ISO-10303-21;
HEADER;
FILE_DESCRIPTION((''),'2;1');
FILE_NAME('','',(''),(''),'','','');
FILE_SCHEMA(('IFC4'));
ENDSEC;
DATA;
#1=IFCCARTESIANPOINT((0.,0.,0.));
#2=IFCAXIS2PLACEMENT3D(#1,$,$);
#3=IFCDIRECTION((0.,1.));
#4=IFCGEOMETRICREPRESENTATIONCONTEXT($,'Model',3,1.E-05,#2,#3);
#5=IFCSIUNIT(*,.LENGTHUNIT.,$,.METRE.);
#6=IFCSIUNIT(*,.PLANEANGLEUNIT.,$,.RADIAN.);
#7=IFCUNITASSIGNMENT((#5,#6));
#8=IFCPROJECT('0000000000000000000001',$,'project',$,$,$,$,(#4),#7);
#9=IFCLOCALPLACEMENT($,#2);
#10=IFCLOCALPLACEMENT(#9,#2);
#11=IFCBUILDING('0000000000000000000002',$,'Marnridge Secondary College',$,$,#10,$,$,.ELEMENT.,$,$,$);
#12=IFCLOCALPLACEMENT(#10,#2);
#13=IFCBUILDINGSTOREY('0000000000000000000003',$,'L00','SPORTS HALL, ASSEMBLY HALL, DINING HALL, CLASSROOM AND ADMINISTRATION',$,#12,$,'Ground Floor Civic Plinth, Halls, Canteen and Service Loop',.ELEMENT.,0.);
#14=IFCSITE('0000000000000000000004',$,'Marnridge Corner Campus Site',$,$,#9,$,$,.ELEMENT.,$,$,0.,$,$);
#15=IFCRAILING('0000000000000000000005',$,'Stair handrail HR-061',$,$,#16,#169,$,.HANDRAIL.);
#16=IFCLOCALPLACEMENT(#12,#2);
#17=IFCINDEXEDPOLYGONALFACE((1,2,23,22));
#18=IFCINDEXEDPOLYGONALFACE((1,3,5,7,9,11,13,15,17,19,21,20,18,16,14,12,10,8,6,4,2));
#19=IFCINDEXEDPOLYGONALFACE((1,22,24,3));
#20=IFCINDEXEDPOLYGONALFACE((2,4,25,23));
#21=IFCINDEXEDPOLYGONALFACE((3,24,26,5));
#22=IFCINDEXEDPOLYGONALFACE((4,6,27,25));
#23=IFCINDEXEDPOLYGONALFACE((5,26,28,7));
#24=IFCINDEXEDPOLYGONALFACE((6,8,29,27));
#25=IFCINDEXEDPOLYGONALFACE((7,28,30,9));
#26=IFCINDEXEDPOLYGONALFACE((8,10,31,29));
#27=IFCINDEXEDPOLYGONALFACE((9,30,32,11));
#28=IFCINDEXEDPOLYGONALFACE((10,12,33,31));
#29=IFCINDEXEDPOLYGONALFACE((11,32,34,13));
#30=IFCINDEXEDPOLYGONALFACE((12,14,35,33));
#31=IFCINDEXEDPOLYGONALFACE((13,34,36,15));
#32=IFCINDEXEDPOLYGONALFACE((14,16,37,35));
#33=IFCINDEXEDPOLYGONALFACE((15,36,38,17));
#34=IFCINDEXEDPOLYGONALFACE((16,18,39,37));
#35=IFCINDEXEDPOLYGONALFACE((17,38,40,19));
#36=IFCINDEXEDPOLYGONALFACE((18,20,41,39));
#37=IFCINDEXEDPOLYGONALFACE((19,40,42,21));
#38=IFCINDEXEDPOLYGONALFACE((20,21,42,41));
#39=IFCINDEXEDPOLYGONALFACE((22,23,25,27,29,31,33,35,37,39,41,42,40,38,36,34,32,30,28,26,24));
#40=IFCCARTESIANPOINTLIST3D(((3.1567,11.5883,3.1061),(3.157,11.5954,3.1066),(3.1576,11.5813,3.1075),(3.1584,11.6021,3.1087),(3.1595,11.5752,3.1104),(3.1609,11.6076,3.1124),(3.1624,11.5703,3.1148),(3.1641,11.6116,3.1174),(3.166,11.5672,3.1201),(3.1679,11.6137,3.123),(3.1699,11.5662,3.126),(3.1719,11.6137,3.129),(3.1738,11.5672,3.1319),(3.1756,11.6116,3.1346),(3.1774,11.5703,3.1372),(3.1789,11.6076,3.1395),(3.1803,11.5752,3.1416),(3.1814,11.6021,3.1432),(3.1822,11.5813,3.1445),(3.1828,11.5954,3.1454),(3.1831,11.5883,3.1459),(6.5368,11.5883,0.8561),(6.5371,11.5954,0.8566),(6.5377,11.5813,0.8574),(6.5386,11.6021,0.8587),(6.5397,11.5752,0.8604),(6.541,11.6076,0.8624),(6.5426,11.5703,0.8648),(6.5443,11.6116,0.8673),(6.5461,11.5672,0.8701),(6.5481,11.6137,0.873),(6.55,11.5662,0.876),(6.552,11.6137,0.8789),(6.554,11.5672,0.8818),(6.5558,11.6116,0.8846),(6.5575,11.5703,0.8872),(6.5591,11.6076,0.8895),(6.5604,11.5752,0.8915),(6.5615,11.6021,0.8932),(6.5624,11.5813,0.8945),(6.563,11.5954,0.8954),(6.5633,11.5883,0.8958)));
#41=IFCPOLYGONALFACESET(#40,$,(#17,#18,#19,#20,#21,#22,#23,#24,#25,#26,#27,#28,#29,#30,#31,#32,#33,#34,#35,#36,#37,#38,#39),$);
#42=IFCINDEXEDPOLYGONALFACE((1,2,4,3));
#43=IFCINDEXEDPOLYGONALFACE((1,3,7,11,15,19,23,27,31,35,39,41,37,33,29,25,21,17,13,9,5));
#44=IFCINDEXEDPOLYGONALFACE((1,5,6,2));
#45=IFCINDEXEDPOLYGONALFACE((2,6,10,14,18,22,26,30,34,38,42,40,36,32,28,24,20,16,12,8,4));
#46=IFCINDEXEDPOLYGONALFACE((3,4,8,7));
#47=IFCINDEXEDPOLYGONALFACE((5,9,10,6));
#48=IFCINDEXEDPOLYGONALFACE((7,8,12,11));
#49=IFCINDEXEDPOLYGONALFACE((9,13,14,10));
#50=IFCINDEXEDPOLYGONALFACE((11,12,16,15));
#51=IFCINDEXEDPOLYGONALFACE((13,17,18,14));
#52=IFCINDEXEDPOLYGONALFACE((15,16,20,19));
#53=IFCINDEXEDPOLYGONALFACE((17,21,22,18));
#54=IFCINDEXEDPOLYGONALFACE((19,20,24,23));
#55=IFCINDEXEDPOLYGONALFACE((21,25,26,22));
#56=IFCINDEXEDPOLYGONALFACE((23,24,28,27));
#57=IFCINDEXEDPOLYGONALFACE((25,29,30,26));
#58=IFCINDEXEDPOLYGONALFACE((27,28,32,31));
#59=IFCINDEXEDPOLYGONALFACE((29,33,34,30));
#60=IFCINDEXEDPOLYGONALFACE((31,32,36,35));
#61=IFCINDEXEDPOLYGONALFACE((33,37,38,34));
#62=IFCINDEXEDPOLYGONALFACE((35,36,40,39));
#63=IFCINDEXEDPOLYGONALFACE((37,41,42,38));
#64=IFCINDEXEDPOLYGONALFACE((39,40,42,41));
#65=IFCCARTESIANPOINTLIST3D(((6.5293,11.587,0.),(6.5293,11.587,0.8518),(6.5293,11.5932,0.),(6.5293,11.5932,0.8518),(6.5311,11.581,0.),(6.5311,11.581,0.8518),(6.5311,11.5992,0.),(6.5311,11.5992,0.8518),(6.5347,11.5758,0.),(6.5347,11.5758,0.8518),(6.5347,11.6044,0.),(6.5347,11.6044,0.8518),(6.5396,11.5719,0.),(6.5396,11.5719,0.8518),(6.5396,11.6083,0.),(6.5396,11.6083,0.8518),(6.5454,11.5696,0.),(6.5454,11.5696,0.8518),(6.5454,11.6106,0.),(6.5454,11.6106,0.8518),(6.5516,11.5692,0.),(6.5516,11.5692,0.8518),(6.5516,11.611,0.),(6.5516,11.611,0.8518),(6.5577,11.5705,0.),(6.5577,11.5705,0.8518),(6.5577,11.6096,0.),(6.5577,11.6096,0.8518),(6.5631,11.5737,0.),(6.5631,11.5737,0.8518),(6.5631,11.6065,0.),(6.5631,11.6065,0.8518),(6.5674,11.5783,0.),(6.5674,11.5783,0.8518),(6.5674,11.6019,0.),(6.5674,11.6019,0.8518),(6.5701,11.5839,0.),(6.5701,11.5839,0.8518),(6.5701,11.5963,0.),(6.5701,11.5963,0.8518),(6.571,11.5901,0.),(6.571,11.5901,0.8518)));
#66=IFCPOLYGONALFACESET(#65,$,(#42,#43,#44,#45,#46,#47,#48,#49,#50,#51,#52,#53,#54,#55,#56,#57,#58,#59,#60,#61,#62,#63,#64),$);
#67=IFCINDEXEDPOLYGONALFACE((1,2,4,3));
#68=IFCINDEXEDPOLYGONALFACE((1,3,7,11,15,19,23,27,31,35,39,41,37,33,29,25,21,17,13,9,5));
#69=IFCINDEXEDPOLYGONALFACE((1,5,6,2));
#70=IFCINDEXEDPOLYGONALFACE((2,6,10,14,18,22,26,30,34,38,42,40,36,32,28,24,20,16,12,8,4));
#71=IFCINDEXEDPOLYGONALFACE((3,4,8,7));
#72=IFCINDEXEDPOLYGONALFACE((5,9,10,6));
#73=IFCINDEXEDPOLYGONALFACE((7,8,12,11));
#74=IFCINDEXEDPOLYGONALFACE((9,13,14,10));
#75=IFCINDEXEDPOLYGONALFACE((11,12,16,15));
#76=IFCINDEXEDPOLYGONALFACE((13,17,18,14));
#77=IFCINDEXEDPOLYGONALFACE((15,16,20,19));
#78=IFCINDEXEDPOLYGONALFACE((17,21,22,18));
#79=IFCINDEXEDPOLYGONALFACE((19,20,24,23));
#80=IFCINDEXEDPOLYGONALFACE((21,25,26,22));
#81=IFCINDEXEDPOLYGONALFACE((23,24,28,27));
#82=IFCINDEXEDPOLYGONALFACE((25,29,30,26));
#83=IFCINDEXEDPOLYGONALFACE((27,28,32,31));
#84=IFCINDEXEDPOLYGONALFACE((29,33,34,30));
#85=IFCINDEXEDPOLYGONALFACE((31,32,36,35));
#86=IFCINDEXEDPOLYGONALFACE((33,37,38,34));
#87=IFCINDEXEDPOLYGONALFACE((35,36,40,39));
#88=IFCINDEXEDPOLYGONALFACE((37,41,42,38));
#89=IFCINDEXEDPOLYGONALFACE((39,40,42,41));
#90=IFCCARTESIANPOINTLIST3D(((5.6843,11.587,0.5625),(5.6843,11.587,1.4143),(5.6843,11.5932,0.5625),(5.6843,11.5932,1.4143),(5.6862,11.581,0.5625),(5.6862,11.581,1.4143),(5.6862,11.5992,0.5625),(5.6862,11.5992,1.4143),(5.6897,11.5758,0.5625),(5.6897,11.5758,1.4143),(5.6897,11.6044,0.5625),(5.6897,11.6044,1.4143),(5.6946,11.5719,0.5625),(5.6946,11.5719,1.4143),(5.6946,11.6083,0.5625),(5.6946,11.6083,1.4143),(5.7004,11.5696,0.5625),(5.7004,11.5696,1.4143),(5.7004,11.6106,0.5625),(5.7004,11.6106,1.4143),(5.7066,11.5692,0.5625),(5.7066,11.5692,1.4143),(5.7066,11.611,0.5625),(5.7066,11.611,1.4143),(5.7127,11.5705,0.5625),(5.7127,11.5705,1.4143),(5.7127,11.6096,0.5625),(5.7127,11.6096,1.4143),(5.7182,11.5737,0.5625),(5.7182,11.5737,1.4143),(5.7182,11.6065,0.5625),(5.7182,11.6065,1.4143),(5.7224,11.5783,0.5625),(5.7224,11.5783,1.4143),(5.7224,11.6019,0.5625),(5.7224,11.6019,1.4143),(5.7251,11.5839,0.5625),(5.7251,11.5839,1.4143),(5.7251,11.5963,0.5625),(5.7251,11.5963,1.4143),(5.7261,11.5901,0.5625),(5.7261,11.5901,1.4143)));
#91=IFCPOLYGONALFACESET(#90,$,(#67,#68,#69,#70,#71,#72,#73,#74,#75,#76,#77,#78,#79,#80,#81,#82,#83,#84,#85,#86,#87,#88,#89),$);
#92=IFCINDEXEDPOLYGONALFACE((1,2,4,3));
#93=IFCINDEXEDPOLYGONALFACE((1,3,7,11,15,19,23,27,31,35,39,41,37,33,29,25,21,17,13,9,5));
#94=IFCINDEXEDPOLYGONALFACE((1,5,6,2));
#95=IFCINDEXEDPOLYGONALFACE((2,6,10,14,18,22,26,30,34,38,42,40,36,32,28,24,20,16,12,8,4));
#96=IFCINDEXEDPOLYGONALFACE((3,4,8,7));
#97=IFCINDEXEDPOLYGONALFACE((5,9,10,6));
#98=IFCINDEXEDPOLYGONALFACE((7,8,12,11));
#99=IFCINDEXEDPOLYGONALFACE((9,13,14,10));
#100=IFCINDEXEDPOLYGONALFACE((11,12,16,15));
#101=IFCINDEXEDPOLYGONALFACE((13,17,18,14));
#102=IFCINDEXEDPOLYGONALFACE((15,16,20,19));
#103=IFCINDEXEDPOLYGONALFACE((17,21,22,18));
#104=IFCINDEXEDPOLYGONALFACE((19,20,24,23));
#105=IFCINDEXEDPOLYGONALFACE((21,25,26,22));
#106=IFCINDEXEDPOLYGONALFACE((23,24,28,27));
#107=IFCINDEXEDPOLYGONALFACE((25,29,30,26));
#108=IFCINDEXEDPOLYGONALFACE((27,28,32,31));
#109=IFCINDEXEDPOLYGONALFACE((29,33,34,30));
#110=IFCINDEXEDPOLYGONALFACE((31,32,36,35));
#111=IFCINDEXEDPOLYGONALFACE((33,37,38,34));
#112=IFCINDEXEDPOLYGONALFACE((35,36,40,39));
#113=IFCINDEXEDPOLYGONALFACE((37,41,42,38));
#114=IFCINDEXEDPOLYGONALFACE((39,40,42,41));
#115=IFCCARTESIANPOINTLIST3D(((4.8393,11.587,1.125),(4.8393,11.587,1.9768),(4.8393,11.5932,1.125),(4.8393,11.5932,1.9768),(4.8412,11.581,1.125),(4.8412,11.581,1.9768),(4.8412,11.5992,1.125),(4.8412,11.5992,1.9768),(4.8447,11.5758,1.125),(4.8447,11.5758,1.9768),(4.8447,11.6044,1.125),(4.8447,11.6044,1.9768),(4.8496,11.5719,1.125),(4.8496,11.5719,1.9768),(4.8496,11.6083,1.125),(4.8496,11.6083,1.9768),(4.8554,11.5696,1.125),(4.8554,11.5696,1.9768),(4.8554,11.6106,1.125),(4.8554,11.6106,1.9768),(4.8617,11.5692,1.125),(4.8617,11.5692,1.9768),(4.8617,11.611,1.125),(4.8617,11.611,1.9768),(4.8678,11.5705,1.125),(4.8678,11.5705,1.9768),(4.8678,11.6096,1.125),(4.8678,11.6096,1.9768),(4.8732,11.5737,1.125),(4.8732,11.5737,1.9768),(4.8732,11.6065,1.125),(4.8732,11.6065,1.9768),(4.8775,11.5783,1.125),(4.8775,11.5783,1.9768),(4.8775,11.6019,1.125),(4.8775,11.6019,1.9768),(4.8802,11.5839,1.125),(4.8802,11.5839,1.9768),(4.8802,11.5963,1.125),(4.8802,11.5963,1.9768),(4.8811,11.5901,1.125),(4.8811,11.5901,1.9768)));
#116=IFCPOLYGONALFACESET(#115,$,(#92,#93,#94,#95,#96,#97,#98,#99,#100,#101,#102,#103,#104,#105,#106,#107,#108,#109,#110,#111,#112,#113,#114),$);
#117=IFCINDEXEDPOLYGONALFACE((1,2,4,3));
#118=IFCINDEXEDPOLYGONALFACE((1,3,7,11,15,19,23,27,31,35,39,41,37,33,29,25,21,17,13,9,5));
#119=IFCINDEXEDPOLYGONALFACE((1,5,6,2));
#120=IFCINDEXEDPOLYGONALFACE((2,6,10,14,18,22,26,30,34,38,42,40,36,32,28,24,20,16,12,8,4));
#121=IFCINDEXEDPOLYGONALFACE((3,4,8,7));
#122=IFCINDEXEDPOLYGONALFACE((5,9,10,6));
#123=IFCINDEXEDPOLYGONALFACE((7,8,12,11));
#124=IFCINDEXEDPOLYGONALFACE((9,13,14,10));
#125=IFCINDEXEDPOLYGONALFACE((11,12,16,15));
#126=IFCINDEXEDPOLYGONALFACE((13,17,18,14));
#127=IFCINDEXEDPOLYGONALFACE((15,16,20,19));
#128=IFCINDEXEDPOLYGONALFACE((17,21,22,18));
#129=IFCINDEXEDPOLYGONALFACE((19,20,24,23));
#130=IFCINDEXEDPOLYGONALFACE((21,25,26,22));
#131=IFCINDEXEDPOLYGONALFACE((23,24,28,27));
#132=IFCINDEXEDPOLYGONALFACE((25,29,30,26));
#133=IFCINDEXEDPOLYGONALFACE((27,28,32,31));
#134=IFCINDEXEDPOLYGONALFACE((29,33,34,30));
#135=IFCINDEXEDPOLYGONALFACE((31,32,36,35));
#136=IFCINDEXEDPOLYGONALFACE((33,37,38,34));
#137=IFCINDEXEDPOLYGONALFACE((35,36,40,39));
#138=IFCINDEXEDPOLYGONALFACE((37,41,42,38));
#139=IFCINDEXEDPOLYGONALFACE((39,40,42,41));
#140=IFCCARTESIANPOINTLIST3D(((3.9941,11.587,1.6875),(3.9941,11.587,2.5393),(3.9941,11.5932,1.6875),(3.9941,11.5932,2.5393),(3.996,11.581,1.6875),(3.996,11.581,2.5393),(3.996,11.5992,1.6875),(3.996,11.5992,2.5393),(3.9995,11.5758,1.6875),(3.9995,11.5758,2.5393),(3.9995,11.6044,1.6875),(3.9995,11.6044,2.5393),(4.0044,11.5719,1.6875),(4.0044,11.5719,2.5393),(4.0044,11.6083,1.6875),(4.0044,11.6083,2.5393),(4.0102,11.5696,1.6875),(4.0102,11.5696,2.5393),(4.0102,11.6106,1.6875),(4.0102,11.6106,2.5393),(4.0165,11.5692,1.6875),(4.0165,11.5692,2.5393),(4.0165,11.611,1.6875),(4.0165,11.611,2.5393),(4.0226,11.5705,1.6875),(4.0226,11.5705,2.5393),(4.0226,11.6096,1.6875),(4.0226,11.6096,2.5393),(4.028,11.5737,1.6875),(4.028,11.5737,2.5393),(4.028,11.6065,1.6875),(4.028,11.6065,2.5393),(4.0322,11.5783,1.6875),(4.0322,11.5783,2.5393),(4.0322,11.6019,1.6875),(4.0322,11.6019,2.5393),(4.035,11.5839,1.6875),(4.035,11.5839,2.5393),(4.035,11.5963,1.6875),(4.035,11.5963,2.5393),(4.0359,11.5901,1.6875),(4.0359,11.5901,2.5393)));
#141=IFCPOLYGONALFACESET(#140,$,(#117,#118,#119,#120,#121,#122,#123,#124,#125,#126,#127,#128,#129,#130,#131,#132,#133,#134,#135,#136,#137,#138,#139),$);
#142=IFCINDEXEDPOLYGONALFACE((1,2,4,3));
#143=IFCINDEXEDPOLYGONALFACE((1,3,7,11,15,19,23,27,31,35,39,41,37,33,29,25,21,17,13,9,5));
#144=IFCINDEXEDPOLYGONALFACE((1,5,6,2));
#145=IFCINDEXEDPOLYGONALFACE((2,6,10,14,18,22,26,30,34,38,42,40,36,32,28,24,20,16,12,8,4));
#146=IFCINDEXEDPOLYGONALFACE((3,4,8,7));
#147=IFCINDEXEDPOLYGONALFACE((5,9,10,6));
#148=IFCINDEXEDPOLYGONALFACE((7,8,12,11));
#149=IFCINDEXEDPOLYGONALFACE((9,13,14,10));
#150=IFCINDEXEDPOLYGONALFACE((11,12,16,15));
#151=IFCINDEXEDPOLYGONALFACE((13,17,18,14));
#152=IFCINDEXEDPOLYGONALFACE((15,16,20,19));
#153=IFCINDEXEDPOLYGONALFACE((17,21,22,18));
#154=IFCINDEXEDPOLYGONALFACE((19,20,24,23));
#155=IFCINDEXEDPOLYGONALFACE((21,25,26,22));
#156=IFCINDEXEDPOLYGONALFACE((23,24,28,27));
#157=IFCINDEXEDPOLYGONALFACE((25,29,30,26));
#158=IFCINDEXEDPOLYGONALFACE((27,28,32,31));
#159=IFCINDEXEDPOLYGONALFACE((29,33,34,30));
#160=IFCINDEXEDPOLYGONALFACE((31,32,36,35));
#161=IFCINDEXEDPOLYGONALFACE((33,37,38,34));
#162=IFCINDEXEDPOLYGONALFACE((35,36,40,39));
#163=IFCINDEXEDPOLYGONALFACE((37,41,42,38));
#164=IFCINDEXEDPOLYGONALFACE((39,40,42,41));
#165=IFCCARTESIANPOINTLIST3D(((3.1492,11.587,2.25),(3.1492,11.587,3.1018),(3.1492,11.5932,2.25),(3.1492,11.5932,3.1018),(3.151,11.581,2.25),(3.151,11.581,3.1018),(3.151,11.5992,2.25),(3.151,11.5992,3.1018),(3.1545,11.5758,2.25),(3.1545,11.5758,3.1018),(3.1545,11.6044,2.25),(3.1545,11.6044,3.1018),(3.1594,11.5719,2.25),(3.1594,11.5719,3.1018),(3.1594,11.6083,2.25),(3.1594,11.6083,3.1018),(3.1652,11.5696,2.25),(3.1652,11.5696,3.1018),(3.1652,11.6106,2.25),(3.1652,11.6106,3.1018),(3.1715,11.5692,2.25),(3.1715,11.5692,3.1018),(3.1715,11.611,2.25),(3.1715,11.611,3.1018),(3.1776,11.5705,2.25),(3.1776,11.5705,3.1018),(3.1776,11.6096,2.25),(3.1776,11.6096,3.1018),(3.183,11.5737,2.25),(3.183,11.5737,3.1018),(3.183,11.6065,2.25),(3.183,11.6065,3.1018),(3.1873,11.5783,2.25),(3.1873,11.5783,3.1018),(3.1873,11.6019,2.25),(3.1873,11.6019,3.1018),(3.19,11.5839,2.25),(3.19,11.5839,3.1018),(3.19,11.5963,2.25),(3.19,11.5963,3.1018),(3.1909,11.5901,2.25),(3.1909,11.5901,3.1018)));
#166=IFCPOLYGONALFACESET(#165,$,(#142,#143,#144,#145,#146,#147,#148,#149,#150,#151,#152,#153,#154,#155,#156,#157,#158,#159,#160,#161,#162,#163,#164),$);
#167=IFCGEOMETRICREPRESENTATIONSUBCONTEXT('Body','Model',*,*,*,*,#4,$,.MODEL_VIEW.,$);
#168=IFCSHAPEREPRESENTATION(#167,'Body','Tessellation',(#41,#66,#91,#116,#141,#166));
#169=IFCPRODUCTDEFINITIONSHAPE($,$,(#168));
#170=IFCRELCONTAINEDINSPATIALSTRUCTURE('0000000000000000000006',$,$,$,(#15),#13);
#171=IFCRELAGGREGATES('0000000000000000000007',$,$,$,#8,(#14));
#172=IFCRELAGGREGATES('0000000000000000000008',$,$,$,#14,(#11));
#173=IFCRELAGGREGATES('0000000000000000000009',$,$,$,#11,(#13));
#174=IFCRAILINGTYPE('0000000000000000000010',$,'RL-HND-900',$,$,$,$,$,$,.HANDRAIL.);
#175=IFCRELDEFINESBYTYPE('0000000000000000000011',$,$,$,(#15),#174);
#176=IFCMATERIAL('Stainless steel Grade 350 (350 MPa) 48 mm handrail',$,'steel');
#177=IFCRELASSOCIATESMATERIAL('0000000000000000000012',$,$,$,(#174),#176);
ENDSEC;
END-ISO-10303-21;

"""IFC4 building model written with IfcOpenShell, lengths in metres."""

from ifc_helpers import new_model, si_unit, direction, frame, origin, origin_2d, place, context, subcontext, project, spatial, circle, extrude, material, type_object, element, save


model = new_model("IFC4")

# Units and contexts
model_context = context("Model", 3, precision=1e-05, world=origin(), true_north=direction((0.0, 1.0)))
body_context = subcontext(model_context, "Body", "Model", "MODEL_VIEW")
ifc_project = project(units=[si_unit("LENGTHUNIT", "METRE"), si_unit("PLANEANGLEUNIT", "RADIAN")], contexts=[model_context])

# Site, building, storey
site_placement = place(None, origin())
site = spatial("IfcSite", under=ifc_project, at=site_placement, Name="Marnridge Corner Campus Site", CompositionType="ELEMENT", RefElevation=0.0)
building_placement = place(site_placement, origin())
building = spatial("IfcBuilding", under=site, at=building_placement, Name="Marnridge Secondary College", CompositionType="ELEMENT")
storey_placement = place(building_placement, origin())
storey = spatial("IfcBuildingStorey", under=building, at=storey_placement, Name="L00", Description="SPORTS HALL, ASSEMBLY HALL, DINING HALL, CLASSROOM AND ADMINISTRATION", LongName="Ground Floor Civic Plinth, Halls, Canteen and Service Loop", CompositionType="ELEMENT", Elevation=0.0)

# Railing
ifc_material_1 = material(Name="Stainless steel Grade 350 (350 MPa) 48 mm handrail", Category="steel")
railing_type_1 = type_object("IfcRailingType", Name="RL-HND-900", PredefinedType="HANDRAIL", material=ifc_material_1)
for number, where, name in (
    (1, (6.55, 11.5901, 0.0), "Stair handrail HR-061"),
):
    element("IfcRailing", number, at=place(storey_placement, frame(where)), inside=storey, type_object=railing_type_1, Name=name, PredefinedType="HANDRAIL", context=body_context, shape_type="SweptSolid", body=[
        extrude(circle(Radius=0.0239, at=origin_2d()), frame((0.0, 0.0, 0.876), z_axis=(-0.832439, 0.0, 0.554117), x_axis=(0.0, -1.0, 0.0)), (0.0, 0.0, 1.0), 4.0605),
        extrude(circle(Radius=0.021, at=origin_2d()), origin(), (0.0, 0.0, 1.0), 0.8518),
        extrude(circle(Radius=0.021, at=origin_2d()), frame((-0.845, 0.0, 0.5625)), (0.0, 0.0, 1.0), 0.8518),
        extrude(circle(Radius=0.021, at=origin_2d()), frame((-1.6899, 0.0, 1.125)), (0.0, 0.0, 1.0), 0.8518),
        extrude(circle(Radius=0.021, at=origin_2d()), frame((-2.5352, 0.0, 1.6875)), (0.0, 0.0, 1.0), 0.8518),
        extrude(circle(Radius=0.021, at=origin_2d()), frame((-3.3801, 0.0, 2.25)), (0.0, 0.0, 1.0), 0.8518),
    ])

save(model, "model.ifc")
